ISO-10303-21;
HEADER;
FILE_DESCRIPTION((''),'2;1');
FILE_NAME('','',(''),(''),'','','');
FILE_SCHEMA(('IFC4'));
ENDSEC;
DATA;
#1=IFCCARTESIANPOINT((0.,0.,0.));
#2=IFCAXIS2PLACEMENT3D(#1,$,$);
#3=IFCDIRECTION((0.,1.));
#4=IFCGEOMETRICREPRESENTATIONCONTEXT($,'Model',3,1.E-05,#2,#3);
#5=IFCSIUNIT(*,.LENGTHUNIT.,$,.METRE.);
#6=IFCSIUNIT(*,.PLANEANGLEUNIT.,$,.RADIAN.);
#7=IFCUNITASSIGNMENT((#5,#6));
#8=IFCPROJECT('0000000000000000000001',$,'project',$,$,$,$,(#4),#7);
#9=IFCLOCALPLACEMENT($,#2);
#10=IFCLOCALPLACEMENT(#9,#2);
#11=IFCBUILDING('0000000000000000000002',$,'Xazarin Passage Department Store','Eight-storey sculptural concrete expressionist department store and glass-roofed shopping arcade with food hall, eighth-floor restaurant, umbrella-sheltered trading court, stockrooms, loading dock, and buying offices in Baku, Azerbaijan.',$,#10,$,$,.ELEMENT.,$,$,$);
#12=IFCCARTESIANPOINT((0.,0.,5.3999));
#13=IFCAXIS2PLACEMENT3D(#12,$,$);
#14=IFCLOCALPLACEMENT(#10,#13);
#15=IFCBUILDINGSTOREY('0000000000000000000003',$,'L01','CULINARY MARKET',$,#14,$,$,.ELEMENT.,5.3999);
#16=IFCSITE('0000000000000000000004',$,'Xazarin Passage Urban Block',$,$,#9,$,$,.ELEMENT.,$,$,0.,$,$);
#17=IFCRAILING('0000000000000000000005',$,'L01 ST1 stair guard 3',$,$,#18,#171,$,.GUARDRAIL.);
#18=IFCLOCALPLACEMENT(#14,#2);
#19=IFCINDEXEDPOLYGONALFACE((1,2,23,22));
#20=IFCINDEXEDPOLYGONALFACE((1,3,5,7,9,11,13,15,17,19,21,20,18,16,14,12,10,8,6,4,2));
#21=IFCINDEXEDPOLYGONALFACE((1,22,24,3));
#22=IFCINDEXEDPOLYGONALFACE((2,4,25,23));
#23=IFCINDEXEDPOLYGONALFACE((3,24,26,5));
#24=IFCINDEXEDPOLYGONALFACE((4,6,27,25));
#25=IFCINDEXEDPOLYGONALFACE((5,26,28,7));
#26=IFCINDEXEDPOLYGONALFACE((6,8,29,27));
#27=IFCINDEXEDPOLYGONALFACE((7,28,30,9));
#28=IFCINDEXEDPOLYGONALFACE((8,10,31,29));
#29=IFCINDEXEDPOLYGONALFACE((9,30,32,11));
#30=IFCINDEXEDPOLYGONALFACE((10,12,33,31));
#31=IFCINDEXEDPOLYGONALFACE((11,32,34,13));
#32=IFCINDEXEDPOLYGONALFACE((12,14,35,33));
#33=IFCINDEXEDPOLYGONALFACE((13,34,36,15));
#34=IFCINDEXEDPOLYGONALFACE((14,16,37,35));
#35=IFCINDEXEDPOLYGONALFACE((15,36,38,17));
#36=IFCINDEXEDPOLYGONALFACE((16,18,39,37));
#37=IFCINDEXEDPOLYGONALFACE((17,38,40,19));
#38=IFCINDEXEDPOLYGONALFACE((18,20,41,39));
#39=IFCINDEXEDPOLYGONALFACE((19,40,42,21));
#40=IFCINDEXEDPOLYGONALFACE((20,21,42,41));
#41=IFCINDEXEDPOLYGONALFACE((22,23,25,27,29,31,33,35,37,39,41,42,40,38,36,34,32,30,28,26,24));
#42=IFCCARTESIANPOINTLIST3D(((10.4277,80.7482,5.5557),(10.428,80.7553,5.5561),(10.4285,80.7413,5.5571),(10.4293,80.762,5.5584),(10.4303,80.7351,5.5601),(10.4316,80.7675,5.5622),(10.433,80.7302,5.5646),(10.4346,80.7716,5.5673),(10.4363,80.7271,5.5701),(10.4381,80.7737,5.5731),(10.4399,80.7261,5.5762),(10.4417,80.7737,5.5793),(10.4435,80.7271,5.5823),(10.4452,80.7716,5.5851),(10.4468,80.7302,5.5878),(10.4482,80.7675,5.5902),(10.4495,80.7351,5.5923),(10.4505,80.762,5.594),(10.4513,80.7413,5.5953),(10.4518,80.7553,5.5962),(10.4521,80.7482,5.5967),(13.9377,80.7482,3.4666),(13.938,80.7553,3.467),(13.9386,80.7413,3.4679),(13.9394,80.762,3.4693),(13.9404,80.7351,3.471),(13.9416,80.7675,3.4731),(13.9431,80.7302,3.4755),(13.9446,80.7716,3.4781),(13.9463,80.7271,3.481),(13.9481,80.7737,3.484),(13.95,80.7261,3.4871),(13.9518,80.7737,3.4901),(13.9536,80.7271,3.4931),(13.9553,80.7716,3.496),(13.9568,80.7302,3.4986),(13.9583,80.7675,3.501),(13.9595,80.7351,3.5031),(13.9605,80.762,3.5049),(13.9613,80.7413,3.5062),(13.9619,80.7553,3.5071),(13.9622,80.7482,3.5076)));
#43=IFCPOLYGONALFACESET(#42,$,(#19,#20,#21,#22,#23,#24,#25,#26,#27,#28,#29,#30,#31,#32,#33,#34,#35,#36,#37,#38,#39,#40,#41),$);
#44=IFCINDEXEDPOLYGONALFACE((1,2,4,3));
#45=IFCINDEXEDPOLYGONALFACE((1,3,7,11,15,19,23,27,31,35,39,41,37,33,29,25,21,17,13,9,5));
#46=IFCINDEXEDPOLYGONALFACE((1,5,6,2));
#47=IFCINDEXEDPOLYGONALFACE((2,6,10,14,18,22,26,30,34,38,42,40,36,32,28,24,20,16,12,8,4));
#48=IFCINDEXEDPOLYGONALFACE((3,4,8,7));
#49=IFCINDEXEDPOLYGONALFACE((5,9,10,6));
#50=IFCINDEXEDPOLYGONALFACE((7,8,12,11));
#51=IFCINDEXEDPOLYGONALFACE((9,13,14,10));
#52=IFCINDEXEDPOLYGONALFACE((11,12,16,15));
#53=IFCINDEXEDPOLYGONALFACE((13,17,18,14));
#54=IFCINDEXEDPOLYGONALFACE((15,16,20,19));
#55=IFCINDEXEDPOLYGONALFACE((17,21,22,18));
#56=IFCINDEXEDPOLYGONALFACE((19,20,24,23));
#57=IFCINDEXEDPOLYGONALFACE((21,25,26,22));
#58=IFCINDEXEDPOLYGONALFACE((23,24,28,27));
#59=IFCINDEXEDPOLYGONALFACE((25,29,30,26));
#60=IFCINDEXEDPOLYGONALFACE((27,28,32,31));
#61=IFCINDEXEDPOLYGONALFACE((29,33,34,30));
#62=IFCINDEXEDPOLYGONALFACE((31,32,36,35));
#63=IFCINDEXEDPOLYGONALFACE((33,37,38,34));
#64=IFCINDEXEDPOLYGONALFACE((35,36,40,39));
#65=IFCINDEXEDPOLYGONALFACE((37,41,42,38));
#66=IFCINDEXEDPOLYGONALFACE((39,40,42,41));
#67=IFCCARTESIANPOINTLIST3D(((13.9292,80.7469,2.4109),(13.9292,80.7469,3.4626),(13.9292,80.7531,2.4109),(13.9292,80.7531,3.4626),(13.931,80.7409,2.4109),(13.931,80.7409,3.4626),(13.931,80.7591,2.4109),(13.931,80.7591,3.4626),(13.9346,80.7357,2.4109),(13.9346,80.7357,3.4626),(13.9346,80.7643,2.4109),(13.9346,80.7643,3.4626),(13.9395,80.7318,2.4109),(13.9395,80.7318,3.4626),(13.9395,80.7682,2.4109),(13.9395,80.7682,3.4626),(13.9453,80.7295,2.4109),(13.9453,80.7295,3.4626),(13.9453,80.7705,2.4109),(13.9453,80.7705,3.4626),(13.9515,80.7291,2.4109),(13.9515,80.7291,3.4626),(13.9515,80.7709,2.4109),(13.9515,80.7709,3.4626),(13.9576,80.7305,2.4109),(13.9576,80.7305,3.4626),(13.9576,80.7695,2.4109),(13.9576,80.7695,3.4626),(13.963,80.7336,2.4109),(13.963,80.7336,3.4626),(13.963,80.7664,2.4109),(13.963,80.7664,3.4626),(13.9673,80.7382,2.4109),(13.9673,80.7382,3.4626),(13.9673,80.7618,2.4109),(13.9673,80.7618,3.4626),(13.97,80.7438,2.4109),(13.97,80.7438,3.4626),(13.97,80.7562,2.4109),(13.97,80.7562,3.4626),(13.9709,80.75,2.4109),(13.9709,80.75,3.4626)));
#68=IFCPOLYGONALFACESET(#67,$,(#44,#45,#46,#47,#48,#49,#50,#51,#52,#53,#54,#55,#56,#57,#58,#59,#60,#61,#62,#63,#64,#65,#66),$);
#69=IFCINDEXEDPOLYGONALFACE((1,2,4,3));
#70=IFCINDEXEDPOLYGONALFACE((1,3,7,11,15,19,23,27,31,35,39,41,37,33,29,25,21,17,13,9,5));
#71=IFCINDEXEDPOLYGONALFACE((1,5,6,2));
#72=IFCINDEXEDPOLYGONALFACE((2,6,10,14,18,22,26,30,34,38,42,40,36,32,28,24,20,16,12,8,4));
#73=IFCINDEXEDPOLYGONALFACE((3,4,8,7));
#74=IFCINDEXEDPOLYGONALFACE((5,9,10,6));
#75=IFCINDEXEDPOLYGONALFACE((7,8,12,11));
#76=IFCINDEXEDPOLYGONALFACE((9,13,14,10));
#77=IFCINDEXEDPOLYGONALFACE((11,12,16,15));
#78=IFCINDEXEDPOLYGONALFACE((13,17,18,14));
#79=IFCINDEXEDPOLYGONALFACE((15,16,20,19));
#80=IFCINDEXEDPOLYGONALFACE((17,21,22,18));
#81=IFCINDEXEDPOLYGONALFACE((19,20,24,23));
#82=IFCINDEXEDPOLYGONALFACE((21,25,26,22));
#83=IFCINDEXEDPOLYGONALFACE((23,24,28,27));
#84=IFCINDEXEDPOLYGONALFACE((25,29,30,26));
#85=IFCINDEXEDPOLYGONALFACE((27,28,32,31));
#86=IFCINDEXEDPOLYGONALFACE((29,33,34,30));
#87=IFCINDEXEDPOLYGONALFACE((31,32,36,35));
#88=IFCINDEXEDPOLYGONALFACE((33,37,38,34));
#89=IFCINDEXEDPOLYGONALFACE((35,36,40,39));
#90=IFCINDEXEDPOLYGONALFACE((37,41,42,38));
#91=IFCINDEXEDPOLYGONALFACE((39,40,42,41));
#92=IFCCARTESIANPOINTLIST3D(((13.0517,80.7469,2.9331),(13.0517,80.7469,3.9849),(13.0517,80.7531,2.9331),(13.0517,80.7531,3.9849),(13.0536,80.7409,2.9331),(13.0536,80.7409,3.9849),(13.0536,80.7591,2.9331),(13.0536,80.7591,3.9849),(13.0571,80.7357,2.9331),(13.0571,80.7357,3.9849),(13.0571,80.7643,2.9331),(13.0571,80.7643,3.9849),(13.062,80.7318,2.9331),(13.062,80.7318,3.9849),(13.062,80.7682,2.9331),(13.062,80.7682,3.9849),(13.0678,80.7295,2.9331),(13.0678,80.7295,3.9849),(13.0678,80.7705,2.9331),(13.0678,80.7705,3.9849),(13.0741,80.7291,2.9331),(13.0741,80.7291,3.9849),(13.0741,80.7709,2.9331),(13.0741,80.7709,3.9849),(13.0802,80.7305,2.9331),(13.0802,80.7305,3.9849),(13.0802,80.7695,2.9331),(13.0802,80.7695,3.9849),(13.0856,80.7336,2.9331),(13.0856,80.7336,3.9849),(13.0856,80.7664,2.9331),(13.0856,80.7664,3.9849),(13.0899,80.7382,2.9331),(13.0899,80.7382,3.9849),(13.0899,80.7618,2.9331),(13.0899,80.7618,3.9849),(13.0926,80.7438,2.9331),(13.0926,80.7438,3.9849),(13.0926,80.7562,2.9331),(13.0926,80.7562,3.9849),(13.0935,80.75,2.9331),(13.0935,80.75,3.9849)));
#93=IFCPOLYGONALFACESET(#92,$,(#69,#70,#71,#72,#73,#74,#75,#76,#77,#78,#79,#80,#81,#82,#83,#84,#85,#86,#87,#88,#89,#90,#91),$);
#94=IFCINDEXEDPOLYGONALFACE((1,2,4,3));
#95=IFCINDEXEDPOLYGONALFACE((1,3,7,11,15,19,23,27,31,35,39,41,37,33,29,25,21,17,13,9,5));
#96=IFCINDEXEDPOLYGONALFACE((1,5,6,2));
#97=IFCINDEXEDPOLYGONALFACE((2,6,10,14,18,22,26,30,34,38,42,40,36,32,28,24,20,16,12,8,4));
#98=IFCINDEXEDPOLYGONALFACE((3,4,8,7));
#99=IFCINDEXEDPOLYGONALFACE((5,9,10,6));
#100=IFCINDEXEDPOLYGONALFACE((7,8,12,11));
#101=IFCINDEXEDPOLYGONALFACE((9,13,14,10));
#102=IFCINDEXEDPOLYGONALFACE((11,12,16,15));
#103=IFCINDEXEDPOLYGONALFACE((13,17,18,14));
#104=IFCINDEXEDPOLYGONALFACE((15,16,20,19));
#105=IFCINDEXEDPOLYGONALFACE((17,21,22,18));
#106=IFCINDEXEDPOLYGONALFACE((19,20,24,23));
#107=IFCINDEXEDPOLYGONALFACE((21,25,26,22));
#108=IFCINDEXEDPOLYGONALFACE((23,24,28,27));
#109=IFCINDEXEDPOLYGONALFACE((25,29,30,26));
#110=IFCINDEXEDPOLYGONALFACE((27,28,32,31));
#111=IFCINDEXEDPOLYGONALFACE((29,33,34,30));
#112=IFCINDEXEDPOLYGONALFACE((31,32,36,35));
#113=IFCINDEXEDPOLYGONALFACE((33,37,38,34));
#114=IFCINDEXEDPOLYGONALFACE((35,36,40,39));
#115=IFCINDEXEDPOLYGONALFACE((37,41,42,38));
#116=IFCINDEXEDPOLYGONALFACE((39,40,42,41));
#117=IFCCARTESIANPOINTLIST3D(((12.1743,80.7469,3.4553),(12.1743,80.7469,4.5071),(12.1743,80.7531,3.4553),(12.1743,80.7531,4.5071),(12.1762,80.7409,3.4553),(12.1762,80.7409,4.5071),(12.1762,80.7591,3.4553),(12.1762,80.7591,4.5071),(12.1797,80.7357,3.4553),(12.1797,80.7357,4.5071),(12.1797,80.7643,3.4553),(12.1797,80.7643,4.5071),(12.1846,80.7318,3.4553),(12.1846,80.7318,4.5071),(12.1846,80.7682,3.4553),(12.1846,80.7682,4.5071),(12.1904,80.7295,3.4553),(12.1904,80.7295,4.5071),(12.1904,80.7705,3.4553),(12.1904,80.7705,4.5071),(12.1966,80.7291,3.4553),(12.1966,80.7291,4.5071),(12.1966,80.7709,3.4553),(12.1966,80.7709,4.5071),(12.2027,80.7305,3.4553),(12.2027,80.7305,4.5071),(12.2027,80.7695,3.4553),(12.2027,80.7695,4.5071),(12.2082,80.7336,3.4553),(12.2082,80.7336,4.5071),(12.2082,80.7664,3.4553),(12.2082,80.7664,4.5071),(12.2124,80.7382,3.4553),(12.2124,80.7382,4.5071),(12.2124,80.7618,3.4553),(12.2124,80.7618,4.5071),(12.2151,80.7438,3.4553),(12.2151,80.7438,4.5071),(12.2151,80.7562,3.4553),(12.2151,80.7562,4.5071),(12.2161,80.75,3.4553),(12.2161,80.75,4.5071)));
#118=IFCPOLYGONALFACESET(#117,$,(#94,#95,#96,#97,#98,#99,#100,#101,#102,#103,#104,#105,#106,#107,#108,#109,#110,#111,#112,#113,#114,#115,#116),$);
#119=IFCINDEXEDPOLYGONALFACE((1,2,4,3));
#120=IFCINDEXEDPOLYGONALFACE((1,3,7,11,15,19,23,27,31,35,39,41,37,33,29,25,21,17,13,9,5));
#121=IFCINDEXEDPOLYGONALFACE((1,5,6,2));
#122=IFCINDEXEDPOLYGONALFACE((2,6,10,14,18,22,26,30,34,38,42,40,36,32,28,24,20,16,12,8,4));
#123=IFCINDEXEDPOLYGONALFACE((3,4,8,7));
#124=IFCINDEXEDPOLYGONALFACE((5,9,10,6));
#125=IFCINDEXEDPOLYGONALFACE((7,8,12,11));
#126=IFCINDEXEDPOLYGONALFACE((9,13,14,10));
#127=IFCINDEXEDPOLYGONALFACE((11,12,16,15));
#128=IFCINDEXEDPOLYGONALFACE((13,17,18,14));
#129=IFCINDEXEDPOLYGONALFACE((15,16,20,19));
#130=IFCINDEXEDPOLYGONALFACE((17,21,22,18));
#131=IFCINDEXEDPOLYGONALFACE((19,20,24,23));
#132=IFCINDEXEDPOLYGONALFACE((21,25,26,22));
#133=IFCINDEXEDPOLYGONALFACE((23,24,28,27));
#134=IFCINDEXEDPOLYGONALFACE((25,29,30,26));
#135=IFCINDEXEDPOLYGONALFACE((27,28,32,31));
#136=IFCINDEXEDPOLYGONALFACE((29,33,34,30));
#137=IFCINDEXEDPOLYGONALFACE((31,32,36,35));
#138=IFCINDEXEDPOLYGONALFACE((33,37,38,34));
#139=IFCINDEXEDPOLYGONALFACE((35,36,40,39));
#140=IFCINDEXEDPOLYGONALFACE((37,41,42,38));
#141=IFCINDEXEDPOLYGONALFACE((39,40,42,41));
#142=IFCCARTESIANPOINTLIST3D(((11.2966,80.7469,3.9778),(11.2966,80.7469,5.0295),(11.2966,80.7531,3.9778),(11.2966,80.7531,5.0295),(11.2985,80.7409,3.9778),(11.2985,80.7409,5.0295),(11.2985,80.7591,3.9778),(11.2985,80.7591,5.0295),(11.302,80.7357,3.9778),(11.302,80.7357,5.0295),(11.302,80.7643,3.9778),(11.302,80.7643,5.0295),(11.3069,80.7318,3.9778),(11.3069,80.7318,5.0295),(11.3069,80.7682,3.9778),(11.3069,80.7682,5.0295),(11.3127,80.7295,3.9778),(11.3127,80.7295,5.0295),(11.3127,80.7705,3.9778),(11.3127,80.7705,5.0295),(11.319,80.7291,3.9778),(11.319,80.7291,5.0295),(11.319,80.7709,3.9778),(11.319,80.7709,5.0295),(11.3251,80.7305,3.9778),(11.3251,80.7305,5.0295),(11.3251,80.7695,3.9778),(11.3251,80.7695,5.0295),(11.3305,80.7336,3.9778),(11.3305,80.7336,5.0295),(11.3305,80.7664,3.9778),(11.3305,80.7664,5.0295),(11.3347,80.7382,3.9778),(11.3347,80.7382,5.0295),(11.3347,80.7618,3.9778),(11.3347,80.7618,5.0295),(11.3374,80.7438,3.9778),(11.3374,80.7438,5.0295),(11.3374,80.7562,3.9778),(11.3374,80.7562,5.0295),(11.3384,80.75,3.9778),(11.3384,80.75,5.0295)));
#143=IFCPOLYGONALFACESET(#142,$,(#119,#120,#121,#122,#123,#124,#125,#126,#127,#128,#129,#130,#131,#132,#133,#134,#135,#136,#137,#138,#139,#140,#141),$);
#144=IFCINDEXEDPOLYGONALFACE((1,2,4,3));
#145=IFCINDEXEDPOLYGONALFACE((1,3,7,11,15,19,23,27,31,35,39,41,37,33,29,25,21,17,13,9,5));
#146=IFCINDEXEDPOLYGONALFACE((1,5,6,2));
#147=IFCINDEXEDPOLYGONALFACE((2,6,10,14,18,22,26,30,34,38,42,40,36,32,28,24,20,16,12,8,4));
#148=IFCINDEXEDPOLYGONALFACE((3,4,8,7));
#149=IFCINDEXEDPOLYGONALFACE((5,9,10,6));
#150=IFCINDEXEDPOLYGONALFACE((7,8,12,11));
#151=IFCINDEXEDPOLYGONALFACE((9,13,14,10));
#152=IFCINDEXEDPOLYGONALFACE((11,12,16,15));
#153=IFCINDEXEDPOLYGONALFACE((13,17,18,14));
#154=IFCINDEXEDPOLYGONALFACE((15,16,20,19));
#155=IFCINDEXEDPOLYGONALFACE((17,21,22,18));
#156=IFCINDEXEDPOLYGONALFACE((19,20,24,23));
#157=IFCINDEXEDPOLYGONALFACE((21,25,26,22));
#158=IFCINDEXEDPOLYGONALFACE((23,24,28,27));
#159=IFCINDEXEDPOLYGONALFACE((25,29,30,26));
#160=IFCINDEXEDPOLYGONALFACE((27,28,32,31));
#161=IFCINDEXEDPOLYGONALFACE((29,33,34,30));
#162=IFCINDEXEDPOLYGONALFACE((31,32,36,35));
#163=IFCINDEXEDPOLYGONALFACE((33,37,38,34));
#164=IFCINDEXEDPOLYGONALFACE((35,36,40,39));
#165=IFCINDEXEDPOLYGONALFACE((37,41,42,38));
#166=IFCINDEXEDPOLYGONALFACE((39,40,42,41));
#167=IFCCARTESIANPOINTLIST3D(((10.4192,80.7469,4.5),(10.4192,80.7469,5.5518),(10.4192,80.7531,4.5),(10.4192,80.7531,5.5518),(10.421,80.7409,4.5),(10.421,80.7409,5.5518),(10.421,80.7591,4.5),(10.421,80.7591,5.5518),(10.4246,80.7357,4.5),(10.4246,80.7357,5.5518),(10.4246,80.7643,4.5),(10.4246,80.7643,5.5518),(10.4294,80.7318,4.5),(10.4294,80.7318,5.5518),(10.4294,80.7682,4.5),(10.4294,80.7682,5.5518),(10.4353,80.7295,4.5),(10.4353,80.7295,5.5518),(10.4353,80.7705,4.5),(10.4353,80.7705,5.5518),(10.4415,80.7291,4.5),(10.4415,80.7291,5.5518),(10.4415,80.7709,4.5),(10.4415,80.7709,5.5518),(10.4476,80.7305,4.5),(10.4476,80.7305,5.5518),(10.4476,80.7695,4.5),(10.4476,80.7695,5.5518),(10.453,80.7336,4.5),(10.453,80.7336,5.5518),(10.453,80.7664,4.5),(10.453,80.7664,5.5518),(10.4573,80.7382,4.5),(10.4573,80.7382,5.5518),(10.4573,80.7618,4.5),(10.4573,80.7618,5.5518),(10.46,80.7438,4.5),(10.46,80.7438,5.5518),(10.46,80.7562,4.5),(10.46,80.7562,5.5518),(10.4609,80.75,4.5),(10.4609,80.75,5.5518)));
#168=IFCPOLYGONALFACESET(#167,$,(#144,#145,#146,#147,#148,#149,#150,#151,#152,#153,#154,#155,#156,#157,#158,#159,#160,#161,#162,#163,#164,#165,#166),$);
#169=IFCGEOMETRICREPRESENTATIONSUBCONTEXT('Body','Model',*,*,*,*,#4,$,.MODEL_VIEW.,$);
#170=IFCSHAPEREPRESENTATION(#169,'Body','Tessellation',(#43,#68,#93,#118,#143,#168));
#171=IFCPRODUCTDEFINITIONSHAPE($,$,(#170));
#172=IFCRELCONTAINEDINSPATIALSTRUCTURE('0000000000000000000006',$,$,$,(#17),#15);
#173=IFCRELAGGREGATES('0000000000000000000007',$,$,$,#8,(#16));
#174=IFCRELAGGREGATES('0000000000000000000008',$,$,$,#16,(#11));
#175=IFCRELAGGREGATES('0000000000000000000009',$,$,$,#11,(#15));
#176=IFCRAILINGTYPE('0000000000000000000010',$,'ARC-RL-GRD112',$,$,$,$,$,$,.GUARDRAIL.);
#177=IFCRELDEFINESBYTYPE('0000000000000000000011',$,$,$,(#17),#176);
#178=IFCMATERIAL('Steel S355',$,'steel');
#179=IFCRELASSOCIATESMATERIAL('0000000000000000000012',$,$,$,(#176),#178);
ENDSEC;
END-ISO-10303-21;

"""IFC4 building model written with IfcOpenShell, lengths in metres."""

from ifc_helpers import new_model, si_unit, direction, frame, origin, origin_2d, place, context, subcontext, project, spatial, circle, extrude, material, type_object, element, save


model = new_model("IFC4")

# Units and contexts
model_context = context("Model", 3, precision=1e-05, world=origin(), true_north=direction((0.0, 1.0)))
body_context = subcontext(model_context, "Body", "Model", "MODEL_VIEW")
ifc_project = project(units=[si_unit("LENGTHUNIT", "METRE"), si_unit("PLANEANGLEUNIT", "RADIAN")], contexts=[model_context])

# Site, building, storey
site_placement = place(None, origin())
site = spatial("IfcSite", under=ifc_project, at=site_placement, Name="Xazarin Passage Urban Block", CompositionType="ELEMENT", RefElevation=0.0)
building_placement = place(site_placement, origin())
building = spatial("IfcBuilding", under=site, at=building_placement, Name="Xazarin Passage Department Store", Description="Eight-storey sculptural concrete expressionist department store and glass-roofed shopping arcade with food hall, eighth-floor restaurant, umbrella-sheltered trading court, stockrooms, loading dock, and buying offices in Baku, Azerbaijan.", CompositionType="ELEMENT")
storey_placement = place(building_placement, frame((0.0, 0.0, 5.3999)))
storey = spatial("IfcBuildingStorey", under=building, at=storey_placement, Name="L01", Description="CULINARY MARKET", CompositionType="ELEMENT", Elevation=5.3999)

# Shared definitions
ifc_material_1 = material(Name="Steel S355", Category="steel")

# Railing
railing_type_1 = type_object("IfcRailingType", Name="ARC-RL-GRD112", PredefinedType="GUARDRAIL", material=ifc_material_1)
railing_1_placement = place(storey_placement, frame((13.95, 80.75, 2.4109)))
element("IfcRailing", 1, at=railing_1_placement, inside=storey, type_object=railing_type_1, Name="L01 ST1 stair guard 3", PredefinedType="GUARDRAIL", context=body_context, shape_type="SweptSolid", body=[
    extrude(circle(Radius=0.0239, at=origin_2d()), frame((0.0, 0.0, 1.0762), z_axis=(-0.859312, 0.0, 0.511451), x_axis=(0.0, -1.0, 0.0)), (0.0, 0.0, 1.0), 4.0847),
    extrude(circle(Radius=0.021, at=origin_2d()), origin(), (0.0, 0.0, 1.0), 1.0518),
    extrude(circle(Radius=0.021, at=origin_2d()), frame((-0.8774, 0.0, 0.5222)), (0.0, 0.0, 1.0), 1.0518),
    extrude(circle(Radius=0.021, at=origin_2d()), frame((-1.7549, 0.0, 1.0444)), (0.0, 0.0, 1.0), 1.0518),
    extrude(circle(Radius=0.021, at=origin_2d()), frame((-2.6326, 0.0, 1.5669)), (0.0, 0.0, 1.0), 1.0518),
    extrude(circle(Radius=0.021, at=origin_2d()), frame((-3.51, 0.0, 2.0891)), (0.0, 0.0, 1.0), 1.0518),
])

save(model, "model.ifc")
